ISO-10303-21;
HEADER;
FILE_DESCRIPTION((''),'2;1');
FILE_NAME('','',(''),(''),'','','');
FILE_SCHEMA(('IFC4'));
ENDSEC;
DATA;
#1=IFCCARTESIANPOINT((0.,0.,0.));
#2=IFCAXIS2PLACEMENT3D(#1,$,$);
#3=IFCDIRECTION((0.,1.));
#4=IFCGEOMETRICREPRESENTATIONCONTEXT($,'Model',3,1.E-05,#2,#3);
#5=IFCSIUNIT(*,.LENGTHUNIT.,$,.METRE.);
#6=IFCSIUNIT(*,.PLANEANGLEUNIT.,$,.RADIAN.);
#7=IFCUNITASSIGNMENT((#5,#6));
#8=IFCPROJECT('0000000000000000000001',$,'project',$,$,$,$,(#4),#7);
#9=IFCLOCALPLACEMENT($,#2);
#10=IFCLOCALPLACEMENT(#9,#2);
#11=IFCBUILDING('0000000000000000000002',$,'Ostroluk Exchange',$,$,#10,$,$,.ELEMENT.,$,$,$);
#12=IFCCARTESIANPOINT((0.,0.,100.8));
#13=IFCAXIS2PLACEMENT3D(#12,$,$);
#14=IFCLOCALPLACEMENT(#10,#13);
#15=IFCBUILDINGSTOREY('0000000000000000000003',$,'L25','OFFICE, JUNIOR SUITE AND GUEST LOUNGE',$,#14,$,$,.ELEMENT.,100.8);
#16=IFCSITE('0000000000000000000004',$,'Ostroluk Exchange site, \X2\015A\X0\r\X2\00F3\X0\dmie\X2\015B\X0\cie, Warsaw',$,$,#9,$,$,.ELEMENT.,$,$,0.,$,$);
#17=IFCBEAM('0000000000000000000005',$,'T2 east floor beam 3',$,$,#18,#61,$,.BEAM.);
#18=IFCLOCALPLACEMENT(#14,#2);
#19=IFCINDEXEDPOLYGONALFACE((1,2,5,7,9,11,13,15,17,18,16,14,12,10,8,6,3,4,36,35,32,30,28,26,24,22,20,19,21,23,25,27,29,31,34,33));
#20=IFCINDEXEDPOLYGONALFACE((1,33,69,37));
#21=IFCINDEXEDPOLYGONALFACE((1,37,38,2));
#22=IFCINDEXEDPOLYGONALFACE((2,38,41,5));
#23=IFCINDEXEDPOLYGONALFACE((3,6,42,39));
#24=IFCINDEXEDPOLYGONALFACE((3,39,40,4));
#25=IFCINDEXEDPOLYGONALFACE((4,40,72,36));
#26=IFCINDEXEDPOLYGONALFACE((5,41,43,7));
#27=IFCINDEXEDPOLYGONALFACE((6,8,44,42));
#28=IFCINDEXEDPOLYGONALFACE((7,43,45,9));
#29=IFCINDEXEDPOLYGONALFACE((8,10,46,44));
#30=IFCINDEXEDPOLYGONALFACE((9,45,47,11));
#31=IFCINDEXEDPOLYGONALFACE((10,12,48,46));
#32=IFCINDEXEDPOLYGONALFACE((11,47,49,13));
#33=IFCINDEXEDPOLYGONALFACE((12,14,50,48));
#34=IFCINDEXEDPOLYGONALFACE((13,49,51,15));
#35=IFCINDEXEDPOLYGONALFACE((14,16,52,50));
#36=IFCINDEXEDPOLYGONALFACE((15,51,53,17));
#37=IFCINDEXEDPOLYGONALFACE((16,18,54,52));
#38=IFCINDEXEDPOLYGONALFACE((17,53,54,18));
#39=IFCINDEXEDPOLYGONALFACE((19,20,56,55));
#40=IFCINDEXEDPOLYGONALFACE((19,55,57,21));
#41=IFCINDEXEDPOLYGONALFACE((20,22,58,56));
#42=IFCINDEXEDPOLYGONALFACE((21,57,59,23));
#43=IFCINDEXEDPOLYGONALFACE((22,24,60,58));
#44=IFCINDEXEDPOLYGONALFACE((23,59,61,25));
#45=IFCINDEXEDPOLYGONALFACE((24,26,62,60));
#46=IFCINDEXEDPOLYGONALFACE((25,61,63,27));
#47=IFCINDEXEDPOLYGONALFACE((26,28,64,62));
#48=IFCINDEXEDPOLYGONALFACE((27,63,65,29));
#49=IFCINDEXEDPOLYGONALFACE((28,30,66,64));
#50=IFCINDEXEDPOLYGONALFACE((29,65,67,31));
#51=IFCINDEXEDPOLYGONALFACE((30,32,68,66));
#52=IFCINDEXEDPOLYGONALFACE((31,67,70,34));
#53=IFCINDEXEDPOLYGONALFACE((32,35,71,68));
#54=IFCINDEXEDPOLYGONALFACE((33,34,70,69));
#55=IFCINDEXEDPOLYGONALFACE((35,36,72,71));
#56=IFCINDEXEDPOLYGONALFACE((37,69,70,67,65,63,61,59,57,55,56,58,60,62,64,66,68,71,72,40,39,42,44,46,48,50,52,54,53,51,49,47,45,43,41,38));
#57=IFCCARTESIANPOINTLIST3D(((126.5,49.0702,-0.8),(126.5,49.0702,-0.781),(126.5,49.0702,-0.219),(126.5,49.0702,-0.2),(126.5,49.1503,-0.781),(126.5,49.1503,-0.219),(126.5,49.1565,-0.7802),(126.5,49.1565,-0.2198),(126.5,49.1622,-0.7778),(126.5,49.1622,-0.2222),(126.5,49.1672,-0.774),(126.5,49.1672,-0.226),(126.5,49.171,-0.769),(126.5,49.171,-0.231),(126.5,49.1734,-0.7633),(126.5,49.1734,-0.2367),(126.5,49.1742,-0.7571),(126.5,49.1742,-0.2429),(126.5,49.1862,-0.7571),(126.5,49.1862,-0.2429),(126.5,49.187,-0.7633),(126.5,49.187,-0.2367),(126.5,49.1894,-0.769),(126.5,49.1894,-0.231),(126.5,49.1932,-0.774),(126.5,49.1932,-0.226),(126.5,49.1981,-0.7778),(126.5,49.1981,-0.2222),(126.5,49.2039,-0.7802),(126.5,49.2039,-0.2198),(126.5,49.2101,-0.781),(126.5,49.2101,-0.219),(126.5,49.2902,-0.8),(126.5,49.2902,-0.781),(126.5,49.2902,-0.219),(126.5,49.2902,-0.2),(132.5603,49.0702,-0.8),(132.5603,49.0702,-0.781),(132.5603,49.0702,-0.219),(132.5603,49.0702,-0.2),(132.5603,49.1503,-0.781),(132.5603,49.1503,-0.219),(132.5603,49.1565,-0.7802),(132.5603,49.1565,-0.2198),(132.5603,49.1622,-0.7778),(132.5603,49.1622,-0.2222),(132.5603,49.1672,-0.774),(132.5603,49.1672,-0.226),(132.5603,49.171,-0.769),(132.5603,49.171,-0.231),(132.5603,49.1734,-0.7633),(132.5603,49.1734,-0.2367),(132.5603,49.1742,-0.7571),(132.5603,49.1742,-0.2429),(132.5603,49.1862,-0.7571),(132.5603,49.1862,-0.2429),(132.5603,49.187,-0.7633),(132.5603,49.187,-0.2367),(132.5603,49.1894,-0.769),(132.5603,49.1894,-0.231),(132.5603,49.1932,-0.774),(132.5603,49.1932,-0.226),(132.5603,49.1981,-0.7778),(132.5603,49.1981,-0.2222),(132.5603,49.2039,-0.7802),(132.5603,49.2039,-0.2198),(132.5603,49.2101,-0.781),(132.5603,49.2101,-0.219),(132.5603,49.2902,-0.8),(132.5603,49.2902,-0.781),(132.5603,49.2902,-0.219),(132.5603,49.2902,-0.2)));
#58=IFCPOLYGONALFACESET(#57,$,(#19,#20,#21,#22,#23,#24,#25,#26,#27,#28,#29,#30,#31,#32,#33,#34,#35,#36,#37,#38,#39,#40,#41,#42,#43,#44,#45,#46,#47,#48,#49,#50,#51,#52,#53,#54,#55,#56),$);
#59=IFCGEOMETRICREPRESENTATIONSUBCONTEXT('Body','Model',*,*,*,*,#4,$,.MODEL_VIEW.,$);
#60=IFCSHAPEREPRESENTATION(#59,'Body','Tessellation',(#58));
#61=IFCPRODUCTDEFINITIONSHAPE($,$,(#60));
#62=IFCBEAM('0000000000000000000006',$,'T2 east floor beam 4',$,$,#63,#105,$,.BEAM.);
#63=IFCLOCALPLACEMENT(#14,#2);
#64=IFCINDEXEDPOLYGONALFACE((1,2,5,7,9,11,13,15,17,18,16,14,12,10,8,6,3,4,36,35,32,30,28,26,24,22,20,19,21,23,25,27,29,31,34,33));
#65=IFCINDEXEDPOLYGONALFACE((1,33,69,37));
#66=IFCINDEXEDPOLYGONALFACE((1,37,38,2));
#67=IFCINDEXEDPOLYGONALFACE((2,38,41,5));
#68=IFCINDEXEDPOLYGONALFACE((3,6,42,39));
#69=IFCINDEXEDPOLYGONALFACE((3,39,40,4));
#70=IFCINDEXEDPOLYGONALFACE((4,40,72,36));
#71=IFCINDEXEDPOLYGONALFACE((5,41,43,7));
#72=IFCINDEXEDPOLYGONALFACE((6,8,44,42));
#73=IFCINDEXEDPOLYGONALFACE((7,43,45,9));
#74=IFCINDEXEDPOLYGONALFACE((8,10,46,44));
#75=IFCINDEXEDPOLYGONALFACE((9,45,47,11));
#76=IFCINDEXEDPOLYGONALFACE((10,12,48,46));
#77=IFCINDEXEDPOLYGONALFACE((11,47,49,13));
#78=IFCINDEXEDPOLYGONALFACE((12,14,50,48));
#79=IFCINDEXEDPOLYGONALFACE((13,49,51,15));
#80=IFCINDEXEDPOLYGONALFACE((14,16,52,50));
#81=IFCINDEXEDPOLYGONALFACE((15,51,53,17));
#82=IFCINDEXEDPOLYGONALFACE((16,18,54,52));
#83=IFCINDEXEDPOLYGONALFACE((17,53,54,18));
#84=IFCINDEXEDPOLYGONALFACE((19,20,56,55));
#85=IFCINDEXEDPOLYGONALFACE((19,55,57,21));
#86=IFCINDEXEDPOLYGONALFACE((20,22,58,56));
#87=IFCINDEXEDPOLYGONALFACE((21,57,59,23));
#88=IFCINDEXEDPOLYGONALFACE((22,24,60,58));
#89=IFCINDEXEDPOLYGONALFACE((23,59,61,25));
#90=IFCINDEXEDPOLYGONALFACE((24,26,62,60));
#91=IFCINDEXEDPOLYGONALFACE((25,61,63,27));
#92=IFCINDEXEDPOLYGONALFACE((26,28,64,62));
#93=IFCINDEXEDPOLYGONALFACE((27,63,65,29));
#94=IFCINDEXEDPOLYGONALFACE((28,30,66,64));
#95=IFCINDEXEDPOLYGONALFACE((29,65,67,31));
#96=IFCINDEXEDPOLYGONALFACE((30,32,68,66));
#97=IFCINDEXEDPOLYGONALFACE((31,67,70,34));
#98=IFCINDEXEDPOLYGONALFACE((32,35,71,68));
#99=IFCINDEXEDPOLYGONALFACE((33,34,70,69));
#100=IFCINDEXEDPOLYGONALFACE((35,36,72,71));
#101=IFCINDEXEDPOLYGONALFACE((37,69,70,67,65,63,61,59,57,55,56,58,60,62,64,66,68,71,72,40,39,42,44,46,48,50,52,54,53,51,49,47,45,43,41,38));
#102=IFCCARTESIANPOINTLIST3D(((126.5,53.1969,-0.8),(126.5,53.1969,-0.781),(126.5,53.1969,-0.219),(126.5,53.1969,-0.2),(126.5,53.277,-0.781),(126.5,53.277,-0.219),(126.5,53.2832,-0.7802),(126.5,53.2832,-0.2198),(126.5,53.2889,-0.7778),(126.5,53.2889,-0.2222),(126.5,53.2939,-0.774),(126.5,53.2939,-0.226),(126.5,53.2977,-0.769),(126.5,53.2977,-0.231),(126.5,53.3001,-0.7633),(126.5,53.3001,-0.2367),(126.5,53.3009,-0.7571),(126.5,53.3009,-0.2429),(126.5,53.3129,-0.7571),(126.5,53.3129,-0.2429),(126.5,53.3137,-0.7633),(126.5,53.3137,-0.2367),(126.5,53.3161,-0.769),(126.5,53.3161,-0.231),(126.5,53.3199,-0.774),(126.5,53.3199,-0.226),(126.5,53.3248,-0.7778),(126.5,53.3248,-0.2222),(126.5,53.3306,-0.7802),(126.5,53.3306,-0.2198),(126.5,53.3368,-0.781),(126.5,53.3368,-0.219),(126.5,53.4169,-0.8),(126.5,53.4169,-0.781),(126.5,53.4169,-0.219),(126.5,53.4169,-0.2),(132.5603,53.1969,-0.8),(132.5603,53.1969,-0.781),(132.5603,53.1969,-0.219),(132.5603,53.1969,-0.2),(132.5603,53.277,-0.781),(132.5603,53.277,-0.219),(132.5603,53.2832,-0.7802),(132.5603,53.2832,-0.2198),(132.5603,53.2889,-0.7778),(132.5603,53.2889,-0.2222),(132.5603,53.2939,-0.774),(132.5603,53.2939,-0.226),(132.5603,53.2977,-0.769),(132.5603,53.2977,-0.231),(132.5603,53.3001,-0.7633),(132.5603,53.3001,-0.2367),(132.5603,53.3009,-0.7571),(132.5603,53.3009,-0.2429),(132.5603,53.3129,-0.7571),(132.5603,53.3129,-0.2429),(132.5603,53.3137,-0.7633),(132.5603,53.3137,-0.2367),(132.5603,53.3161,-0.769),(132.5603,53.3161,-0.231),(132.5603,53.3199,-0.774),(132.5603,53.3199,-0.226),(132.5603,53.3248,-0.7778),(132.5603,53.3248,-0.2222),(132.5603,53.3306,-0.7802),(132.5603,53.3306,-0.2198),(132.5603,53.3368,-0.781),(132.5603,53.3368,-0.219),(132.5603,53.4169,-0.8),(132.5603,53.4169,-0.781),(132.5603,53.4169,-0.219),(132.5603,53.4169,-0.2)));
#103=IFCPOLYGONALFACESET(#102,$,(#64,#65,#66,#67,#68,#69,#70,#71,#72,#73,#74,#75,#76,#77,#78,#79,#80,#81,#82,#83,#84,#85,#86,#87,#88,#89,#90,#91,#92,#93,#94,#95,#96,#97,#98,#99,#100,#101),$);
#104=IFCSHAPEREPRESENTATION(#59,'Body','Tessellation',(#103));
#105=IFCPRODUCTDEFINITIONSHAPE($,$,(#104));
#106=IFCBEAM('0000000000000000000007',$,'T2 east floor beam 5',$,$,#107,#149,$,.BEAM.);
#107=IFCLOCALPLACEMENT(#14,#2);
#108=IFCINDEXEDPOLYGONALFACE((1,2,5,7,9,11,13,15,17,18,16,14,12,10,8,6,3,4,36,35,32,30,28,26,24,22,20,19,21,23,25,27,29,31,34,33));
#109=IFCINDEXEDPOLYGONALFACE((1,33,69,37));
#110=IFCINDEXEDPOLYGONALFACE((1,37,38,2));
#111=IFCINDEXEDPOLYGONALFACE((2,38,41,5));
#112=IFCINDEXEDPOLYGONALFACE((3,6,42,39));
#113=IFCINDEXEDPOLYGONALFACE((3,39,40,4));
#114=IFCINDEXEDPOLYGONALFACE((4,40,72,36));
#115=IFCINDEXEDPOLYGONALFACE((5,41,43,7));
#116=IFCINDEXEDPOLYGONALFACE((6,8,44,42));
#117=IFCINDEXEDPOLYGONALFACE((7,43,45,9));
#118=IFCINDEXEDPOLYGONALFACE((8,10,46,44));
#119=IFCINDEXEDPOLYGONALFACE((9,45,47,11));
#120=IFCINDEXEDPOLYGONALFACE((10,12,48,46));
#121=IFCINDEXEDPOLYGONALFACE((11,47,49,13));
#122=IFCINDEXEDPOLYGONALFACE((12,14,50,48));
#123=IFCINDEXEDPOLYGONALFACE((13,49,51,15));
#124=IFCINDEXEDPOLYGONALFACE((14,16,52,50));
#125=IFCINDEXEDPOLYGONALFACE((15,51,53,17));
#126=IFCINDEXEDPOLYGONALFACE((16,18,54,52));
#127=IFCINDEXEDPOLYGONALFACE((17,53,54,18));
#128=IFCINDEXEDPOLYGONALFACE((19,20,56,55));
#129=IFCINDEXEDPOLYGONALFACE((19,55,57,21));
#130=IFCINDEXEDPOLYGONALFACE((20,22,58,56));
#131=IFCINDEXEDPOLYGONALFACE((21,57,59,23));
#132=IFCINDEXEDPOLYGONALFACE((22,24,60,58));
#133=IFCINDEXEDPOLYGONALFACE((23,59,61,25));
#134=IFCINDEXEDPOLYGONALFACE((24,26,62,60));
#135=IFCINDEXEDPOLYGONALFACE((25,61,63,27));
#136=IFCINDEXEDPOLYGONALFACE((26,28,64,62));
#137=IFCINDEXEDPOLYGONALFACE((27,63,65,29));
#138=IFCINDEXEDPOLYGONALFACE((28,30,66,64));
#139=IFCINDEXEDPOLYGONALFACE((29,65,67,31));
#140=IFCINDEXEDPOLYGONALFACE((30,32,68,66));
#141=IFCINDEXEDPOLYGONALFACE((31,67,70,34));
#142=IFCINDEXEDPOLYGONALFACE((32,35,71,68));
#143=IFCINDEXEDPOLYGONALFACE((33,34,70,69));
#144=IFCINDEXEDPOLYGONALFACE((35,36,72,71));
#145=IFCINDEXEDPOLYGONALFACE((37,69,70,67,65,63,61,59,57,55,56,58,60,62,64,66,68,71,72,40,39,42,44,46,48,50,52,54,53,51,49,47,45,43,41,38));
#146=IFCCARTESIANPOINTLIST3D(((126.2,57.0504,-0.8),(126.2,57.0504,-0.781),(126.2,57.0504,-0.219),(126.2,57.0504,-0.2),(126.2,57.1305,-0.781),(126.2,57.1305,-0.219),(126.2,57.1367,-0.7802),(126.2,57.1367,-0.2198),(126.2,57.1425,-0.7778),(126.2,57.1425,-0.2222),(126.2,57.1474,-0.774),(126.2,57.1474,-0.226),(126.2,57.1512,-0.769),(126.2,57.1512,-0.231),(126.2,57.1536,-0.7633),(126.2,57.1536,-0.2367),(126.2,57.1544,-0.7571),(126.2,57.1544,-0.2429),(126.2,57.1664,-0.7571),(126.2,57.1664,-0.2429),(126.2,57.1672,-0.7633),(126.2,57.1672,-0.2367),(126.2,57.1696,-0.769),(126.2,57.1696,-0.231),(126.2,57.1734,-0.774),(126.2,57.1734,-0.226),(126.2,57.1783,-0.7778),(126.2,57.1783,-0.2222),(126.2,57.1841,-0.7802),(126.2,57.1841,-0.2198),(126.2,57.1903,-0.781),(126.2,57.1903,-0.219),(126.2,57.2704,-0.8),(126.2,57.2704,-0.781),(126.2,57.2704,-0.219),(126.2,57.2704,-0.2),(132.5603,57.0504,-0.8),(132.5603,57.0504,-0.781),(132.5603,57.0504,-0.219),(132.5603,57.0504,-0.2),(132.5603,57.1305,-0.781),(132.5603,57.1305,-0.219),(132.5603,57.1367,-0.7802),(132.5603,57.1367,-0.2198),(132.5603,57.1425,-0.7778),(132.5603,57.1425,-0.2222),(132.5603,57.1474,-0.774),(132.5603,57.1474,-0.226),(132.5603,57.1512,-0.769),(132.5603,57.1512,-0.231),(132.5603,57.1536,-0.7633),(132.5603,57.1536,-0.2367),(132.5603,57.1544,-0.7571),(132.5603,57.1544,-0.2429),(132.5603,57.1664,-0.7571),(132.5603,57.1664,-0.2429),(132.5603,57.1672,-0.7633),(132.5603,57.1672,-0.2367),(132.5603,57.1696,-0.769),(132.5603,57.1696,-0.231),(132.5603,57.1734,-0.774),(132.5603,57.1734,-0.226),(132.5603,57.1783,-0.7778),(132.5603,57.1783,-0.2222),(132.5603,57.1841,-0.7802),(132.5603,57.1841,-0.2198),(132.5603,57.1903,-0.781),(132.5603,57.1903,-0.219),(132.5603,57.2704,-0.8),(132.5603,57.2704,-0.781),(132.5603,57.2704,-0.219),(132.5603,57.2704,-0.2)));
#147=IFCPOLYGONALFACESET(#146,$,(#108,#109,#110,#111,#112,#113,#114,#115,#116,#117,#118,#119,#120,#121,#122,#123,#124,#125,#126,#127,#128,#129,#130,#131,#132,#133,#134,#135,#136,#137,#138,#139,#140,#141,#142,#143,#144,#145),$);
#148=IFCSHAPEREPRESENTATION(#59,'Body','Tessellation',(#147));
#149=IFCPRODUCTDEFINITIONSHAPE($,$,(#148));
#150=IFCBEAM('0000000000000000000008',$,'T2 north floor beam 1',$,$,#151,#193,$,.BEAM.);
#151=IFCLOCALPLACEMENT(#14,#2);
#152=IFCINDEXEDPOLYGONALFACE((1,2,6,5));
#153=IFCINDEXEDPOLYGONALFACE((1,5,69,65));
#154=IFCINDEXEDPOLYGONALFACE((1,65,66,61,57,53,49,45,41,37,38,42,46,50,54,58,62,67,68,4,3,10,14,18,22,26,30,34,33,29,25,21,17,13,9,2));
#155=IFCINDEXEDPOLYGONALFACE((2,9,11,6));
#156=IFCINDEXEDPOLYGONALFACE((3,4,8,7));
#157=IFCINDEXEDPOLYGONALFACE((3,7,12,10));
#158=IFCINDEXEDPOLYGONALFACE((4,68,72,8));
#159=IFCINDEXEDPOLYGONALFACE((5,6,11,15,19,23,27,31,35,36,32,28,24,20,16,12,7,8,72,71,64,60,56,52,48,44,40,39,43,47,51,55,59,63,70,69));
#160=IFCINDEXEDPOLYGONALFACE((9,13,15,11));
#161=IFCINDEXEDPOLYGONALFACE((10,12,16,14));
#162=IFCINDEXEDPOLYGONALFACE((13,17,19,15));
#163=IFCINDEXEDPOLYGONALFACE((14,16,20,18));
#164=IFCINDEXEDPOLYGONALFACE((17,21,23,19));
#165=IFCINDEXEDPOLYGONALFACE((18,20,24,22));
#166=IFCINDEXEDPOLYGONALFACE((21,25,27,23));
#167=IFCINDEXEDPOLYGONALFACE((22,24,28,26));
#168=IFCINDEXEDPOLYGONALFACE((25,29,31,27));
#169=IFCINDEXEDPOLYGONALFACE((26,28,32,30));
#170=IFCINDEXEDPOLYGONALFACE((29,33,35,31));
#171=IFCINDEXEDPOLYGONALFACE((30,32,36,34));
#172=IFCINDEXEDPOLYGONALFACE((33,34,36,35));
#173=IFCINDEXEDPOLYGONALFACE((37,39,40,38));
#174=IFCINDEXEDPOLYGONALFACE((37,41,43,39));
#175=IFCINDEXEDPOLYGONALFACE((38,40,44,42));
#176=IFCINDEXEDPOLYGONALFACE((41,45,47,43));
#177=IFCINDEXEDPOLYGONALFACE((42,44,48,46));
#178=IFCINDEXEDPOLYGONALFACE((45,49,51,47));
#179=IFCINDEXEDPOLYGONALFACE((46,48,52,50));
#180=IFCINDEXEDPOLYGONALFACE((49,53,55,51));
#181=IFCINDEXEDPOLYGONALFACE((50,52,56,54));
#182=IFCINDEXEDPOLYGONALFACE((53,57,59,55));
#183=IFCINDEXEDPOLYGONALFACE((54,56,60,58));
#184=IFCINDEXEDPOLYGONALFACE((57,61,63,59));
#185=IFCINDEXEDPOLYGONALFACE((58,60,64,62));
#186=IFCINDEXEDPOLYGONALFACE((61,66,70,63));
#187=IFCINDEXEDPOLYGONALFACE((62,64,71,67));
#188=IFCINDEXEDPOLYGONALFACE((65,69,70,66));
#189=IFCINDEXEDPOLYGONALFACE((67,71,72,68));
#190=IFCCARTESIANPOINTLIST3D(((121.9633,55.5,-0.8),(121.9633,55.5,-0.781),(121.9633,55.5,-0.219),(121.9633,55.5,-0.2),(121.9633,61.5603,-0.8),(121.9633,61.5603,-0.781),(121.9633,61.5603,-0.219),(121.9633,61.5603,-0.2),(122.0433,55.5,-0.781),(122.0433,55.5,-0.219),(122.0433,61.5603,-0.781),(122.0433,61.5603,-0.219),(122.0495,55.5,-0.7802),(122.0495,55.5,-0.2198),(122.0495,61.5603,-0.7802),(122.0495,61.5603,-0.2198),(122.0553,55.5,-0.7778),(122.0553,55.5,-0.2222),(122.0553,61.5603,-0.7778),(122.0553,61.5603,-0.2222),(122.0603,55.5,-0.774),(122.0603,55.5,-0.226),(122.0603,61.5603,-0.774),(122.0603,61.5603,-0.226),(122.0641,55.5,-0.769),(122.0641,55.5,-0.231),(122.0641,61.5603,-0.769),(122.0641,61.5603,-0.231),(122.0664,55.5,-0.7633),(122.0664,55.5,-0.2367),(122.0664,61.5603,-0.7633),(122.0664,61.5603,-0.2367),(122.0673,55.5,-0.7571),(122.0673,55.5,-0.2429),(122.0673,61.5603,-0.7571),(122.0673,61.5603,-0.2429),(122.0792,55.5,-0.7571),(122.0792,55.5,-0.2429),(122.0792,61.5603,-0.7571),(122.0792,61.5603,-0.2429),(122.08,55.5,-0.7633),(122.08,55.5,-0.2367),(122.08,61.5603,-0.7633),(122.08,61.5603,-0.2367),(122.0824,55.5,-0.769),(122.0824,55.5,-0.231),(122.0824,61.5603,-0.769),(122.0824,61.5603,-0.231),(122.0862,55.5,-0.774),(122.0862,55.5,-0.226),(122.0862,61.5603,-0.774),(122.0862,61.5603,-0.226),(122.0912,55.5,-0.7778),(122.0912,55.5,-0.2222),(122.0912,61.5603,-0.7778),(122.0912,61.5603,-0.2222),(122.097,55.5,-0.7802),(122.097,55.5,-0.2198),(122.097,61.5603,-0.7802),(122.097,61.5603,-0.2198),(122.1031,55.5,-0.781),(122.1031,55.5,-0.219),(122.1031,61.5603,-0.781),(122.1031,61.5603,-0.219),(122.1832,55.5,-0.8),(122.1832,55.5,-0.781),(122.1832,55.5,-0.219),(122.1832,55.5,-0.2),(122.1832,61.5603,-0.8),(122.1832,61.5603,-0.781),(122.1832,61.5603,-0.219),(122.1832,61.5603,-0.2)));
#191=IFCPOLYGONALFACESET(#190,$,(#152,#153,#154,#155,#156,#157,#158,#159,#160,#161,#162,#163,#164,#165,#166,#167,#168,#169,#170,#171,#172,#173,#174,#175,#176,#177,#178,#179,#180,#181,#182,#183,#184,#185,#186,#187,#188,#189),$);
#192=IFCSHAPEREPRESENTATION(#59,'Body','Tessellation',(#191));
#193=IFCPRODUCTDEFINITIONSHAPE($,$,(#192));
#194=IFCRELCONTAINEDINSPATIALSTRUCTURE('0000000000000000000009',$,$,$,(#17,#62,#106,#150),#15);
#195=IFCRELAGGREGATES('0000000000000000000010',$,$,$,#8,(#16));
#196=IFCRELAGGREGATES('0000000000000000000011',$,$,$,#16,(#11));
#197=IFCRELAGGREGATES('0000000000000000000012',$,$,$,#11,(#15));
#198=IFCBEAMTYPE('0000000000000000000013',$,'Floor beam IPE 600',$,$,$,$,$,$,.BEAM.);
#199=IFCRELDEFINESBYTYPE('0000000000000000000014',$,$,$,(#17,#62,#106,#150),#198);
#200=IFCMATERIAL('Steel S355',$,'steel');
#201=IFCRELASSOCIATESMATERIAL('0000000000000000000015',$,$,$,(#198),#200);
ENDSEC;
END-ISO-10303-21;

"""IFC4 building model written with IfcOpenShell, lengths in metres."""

from ifc_helpers import new_model, si_unit, direction, frame, origin, origin_2d, place, context, subcontext, project, spatial, i_section, extrude, material, material_profile, profile_set, type_object, element, save


model = new_model("IFC4")

# Units and contexts
model_context = context("Model", 3, precision=1e-05, world=origin(), true_north=direction((0.0, 1.0)))
body_context = subcontext(model_context, "Body", "Model", "MODEL_VIEW")
ifc_project = project(units=[si_unit("LENGTHUNIT", "METRE"), si_unit("PLANEANGLEUNIT", "RADIAN")], contexts=[model_context])

# Site, building, storey
site_placement = place(None, origin())
site = spatial("IfcSite", under=ifc_project, at=site_placement, Name="Ostroluk Exchange site, Śródmieście, Warsaw", CompositionType="ELEMENT", RefElevation=0.0)
building_placement = place(site_placement, origin())
building = spatial("IfcBuilding", under=site, at=building_placement, Name="Ostroluk Exchange", CompositionType="ELEMENT")
storey_placement = place(building_placement, frame((0.0, 0.0, 100.8)))
storey = spatial("IfcBuildingStorey", under=building, at=storey_placement, Name="L25", Description="OFFICE, JUNIOR SUITE AND GUEST LOUNGE", CompositionType="ELEMENT", Elevation=100.8)

# Beams
ifc_material_1 = material(Name="Steel S355", Category="steel")
ifc_material_profile_1 = material_profile(ifc_material_1, i_section(OverallWidth=0.22, OverallDepth=0.6001, WebThickness=0.012, FlangeThickness=0.019, FilletRadius=0.0239, at=origin_2d()), Name="IPE 600")
ifc_profile_set_1 = profile_set([ifc_material_profile_1], Name="Steel S355")
beam_type_1 = type_object("IfcBeamType", Name="Floor beam IPE 600", PredefinedType="BEAM", material=ifc_profile_set_1)
for number, where, z_axis, x_axis, name in (
    (1, (126.5, 49.1802, -0.5), (1.0, 0.0, 0.0), (0.0, 1.0, 0.0), "T2 east floor beam 3"),
    (2, (126.5, 53.3069, -0.5), (1.0, 0.0, 0.0), (0.0, 1.0, 0.0), "T2 east floor beam 4"),
):
    element("IfcBeam", number, at=place(storey_placement, frame(where, z_axis=z_axis, x_axis=x_axis)), inside=storey, type_object=beam_type_1, Name=name, PredefinedType="BEAM", context=body_context, shape_type="SweptSolid", body=[
        extrude(i_section(OverallWidth=0.22, OverallDepth=0.6001, WebThickness=0.012, FlangeThickness=0.019, FilletRadius=0.0239, at=origin_2d()), origin(), (0.0, 0.0, 1.0), 6.0603),
    ])
beam_1_placement = place(storey_placement, frame((126.2, 57.1604, -0.5), z_axis=(1.0, 0.0, 0.0), x_axis=(0.0, 1.0, 0.0)))
element("IfcBeam", 3, at=beam_1_placement, inside=storey, type_object=beam_type_1, Name="T2 east floor beam 5", PredefinedType="BEAM", context=body_context, shape_type="SweptSolid", body=[
    extrude(i_section(OverallWidth=0.22, OverallDepth=0.6001, WebThickness=0.012, FlangeThickness=0.019, FilletRadius=0.0239, at=origin_2d()), origin(), (0.0, 0.0, 1.0), 6.3604),
])
for number, where, z_axis, x_axis, name in (
    (4, (122.0732, 55.5, -0.5), (0.0, 1.0, 0.0), (-1.0, 0.0, 0.0), "T2 north floor beam 1"),
):
    element("IfcBeam", number, at=place(storey_placement, frame(where, z_axis=z_axis, x_axis=x_axis)), inside=storey, type_object=beam_type_1, Name=name, PredefinedType="BEAM", context=body_context, shape_type="SweptSolid", body=[
        extrude(i_section(OverallWidth=0.22, OverallDepth=0.6001, WebThickness=0.012, FlangeThickness=0.019, FilletRadius=0.0239, at=origin_2d()), origin(), (0.0, 0.0, 1.0), 6.0603),
    ])

save(model, "model.ifc")
